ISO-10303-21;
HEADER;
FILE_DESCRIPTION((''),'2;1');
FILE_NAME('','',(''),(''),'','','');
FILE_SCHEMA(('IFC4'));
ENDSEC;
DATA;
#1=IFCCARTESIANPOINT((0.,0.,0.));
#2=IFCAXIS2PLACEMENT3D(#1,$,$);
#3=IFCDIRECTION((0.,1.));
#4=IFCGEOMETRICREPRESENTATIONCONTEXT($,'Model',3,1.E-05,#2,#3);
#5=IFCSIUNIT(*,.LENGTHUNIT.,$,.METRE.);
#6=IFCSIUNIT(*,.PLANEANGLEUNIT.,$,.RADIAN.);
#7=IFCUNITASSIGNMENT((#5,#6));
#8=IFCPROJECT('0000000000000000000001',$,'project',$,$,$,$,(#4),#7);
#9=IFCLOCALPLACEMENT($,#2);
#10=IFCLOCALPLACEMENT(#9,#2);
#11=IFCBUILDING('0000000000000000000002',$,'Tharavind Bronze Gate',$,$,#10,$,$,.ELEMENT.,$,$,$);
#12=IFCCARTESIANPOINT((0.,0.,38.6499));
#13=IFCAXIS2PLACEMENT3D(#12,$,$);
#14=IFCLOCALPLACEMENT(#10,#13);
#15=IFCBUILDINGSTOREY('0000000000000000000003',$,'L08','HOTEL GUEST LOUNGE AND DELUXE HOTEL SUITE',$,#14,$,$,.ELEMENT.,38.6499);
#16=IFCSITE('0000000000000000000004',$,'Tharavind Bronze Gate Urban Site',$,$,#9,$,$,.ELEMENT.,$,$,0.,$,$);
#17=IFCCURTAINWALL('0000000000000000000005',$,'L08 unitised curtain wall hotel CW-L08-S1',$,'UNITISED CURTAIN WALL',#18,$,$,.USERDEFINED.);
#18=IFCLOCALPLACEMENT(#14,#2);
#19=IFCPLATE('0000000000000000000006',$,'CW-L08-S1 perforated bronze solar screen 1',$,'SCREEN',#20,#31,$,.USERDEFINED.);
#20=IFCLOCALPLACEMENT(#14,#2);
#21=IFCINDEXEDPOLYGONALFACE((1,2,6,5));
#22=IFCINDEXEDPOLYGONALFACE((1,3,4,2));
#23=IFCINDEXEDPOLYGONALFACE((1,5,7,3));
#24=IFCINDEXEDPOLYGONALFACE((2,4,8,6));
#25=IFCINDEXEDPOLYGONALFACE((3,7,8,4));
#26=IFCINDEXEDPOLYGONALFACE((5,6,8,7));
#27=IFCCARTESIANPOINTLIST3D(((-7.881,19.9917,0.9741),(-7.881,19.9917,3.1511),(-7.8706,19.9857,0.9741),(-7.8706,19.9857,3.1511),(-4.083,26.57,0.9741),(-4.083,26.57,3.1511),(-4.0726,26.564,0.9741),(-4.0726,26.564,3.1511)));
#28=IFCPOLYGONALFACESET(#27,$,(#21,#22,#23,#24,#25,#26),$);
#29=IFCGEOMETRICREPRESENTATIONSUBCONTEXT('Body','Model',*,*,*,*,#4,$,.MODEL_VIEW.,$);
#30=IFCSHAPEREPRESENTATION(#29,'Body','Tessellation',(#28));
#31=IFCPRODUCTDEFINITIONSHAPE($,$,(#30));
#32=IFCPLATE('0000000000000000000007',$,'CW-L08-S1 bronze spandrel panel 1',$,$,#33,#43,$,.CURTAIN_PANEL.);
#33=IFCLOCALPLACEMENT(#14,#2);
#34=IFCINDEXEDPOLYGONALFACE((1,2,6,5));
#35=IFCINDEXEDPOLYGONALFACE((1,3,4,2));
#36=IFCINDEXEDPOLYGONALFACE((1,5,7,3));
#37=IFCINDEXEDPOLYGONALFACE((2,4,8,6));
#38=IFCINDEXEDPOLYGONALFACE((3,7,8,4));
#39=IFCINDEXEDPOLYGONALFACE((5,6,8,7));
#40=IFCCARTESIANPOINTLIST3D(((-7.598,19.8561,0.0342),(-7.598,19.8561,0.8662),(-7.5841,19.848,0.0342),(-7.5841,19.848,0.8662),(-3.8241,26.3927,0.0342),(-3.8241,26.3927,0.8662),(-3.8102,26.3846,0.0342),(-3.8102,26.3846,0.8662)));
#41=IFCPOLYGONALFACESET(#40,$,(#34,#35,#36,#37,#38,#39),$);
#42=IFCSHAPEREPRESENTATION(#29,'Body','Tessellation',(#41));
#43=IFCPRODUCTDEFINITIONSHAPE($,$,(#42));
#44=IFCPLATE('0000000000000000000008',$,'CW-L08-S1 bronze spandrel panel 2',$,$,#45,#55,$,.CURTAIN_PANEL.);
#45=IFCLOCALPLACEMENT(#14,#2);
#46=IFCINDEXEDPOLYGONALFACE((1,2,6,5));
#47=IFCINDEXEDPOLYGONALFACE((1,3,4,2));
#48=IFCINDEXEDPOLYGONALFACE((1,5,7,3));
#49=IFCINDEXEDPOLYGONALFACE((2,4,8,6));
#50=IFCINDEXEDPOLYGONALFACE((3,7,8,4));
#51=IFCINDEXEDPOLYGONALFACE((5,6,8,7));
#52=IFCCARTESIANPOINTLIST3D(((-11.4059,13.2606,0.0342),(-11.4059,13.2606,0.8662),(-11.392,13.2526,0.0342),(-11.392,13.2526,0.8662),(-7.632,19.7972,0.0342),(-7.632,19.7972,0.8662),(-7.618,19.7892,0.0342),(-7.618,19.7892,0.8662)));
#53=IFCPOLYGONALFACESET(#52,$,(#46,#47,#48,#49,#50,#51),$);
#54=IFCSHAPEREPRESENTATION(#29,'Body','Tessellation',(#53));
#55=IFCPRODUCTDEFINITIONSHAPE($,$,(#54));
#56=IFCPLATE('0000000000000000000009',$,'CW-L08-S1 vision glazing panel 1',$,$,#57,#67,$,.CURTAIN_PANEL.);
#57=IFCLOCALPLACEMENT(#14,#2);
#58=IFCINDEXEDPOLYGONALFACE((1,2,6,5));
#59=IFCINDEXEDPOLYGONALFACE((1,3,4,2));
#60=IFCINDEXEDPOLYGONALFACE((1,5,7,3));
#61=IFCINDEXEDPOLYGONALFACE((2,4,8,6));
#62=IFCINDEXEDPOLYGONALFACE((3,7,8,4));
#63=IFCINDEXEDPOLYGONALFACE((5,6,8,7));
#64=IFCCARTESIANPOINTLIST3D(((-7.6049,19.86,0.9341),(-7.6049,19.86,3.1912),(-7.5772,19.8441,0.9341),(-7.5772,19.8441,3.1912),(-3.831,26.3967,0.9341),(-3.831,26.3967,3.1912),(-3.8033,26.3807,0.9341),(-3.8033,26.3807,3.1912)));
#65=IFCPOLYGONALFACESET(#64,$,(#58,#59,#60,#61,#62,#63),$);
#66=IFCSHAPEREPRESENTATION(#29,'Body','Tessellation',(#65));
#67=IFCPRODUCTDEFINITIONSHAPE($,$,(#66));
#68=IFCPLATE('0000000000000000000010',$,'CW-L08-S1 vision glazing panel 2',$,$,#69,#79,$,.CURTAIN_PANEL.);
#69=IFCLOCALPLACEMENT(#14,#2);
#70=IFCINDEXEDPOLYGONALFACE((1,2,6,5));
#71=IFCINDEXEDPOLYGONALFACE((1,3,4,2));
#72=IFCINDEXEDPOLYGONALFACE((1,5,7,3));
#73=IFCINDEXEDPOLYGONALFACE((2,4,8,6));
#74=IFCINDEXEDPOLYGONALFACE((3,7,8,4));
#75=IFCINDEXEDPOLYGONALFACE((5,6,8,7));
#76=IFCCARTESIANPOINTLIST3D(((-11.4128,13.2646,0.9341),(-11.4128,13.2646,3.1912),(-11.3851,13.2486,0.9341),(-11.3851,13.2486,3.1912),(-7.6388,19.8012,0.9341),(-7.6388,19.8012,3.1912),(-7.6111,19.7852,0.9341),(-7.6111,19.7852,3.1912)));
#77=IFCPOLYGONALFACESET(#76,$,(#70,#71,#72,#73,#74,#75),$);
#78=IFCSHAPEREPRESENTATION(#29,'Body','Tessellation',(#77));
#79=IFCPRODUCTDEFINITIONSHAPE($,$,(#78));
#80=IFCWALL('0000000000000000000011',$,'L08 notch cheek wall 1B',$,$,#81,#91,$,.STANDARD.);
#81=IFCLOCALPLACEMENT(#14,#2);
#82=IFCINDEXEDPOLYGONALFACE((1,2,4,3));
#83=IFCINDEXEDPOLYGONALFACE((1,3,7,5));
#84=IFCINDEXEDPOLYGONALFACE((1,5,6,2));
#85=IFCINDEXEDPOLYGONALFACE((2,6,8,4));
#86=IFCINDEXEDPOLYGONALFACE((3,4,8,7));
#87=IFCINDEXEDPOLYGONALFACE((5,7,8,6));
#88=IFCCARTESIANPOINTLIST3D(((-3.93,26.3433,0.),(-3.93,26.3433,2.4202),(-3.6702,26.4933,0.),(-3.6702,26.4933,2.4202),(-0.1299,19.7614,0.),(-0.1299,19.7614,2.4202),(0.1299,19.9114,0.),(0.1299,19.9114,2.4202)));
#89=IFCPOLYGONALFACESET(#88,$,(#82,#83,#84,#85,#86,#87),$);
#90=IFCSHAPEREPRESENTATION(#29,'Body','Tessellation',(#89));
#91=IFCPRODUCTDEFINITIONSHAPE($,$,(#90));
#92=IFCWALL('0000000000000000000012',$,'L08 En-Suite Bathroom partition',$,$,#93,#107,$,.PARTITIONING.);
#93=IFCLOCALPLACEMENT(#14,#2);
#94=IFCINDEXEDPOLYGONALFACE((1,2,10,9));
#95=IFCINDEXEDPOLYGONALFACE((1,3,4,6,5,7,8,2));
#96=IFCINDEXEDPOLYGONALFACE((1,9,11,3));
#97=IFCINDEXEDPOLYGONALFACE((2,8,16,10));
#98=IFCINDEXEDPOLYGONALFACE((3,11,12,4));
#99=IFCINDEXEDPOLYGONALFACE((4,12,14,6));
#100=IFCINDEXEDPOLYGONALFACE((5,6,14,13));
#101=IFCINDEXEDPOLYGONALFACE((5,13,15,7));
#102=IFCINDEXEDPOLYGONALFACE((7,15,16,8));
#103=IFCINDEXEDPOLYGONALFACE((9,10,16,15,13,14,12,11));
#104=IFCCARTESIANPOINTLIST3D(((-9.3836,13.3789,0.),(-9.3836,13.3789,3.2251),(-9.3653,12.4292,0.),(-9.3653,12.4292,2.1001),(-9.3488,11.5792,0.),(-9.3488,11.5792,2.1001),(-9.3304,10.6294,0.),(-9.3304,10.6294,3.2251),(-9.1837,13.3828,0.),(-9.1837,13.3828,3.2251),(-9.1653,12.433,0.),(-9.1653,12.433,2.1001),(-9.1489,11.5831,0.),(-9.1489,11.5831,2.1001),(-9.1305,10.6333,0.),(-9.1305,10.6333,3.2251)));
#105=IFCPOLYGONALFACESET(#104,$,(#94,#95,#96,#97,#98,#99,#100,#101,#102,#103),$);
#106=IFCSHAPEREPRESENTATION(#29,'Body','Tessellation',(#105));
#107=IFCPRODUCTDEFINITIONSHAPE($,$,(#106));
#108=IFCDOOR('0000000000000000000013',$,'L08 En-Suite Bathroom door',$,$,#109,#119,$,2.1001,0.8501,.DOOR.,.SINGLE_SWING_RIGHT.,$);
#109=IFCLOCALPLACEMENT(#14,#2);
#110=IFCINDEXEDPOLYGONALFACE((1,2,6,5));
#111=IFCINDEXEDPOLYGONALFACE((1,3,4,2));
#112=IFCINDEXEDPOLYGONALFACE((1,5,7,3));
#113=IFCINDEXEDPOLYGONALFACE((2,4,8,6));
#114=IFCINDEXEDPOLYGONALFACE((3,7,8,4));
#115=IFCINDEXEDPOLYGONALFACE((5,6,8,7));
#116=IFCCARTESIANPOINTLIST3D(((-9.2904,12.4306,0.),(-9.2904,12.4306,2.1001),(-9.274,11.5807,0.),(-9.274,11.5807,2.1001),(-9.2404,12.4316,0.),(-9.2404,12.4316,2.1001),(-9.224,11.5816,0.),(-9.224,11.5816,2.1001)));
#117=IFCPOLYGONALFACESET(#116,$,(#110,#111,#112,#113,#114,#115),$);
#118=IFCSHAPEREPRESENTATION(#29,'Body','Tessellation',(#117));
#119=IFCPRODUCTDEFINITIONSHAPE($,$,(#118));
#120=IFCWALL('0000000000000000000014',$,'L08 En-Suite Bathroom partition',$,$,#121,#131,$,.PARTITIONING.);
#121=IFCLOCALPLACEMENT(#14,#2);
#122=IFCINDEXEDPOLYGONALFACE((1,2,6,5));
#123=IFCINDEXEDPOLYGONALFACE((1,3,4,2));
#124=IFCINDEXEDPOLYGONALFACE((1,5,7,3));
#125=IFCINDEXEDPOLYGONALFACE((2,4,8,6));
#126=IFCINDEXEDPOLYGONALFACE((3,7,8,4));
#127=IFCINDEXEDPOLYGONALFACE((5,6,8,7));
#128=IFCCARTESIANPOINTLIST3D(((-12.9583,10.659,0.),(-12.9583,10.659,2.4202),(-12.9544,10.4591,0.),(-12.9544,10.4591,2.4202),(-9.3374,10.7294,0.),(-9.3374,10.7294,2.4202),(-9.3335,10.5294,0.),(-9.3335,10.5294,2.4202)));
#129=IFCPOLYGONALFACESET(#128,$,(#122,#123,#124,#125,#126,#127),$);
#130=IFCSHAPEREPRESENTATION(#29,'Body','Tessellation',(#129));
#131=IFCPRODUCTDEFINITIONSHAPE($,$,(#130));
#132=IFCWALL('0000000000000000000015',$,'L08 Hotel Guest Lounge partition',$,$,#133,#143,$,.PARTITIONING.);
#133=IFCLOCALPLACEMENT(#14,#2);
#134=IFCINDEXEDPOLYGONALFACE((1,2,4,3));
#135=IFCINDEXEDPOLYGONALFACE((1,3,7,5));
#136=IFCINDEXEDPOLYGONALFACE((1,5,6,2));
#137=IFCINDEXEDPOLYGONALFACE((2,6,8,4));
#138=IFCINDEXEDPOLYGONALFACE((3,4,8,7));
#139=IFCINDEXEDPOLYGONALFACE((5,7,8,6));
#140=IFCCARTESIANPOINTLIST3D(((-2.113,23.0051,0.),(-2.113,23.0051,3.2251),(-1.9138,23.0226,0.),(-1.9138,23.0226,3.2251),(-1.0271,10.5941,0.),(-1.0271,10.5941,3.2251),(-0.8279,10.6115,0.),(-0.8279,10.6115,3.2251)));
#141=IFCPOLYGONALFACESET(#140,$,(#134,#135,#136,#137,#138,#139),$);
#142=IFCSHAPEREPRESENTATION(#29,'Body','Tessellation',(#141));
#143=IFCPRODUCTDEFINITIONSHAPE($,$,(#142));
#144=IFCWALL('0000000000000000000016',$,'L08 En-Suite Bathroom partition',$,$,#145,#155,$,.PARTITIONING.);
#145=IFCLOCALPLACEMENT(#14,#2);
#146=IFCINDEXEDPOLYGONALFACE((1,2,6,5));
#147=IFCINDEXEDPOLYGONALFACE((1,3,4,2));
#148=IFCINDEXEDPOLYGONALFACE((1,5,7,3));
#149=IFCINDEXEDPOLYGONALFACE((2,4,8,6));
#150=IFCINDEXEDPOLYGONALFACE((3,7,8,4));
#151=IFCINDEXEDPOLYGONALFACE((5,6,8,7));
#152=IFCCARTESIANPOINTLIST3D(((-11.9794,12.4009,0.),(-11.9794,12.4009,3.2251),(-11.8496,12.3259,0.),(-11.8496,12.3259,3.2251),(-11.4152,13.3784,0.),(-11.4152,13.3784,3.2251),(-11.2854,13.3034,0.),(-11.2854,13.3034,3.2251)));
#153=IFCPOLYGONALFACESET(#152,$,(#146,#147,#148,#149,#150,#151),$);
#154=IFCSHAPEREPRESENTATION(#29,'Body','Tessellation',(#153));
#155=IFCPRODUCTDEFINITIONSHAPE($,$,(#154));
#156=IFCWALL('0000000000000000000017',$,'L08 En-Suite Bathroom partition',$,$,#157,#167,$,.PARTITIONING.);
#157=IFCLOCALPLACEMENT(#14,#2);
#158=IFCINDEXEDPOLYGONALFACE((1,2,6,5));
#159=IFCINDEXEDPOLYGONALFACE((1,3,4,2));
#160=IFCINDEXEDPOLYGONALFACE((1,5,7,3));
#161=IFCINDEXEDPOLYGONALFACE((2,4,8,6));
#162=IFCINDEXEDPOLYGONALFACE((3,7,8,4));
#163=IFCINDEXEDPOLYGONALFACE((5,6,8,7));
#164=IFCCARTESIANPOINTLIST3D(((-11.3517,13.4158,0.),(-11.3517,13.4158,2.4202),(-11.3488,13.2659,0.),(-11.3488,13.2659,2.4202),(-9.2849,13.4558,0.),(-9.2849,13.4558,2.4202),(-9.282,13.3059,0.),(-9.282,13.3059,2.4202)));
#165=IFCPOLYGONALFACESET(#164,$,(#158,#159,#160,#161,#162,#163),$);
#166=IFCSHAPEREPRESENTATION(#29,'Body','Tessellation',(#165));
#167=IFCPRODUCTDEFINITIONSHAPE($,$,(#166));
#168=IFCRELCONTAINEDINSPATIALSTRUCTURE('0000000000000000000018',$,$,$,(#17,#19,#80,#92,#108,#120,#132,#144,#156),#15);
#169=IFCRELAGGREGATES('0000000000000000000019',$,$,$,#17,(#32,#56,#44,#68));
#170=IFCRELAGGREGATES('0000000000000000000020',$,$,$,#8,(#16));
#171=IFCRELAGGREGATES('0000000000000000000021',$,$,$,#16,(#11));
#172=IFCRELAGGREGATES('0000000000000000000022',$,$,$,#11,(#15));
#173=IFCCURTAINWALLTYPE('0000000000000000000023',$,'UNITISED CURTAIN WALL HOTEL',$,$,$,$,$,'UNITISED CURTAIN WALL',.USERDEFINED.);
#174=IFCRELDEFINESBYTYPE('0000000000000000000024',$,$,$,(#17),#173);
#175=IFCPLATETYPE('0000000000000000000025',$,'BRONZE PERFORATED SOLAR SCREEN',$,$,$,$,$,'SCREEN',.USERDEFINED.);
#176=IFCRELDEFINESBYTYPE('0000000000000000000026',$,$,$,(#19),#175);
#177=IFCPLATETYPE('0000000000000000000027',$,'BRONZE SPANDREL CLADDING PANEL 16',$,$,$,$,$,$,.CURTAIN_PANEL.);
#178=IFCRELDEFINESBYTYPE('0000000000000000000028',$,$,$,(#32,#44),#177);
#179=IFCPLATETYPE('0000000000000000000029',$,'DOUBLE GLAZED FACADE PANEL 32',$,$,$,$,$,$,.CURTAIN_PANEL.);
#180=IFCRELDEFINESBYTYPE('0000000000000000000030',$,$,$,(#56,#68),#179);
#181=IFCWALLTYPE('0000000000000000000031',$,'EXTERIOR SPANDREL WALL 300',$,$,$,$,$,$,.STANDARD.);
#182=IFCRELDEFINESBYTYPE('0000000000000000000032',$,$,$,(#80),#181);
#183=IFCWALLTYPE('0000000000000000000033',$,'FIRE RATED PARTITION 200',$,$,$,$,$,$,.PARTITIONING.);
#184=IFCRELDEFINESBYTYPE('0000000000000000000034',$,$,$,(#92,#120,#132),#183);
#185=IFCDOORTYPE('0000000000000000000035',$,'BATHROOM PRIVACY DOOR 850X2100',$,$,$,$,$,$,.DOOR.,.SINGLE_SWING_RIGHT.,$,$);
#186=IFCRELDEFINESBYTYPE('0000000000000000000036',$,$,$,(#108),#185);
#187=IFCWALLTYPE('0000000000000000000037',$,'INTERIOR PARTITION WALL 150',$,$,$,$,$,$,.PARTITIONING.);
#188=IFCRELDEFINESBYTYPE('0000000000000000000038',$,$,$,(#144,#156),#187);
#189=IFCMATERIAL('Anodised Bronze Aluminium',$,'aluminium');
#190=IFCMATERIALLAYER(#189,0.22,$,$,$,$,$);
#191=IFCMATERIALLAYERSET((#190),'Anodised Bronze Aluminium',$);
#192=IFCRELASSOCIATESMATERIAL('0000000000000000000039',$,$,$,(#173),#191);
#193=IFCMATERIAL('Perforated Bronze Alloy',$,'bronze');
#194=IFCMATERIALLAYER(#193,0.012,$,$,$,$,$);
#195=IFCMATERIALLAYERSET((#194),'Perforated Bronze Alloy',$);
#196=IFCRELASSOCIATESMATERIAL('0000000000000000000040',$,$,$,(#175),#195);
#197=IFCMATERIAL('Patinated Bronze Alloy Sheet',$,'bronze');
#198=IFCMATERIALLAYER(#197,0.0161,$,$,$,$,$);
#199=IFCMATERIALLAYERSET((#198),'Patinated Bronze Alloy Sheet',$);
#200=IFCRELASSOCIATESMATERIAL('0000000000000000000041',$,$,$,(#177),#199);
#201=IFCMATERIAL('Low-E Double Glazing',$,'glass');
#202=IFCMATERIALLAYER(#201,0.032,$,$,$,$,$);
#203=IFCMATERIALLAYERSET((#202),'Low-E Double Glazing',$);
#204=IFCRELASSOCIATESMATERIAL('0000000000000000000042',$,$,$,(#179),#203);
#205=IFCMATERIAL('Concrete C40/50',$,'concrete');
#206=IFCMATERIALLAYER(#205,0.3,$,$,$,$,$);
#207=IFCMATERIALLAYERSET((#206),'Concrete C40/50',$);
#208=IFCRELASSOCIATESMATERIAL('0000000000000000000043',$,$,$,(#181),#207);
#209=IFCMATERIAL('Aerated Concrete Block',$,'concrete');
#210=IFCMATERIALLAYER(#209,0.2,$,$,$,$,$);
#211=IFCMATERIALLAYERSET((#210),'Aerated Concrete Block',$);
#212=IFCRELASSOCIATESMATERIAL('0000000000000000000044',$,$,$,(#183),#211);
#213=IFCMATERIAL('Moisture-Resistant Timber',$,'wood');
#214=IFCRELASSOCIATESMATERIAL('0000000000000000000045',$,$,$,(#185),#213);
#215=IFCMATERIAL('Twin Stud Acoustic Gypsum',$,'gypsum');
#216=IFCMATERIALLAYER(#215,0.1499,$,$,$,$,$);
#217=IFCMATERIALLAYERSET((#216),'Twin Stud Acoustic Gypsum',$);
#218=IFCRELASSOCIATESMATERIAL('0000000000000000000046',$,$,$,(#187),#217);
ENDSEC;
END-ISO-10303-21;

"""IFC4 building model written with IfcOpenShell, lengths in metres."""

from ifc_helpers import new_model, si_unit, direction, frame, frame_2d, origin, origin_2d, place, context, subcontext, project, spatial, rectangle, extrude, material, layer, layer_set, type_object, element, fill, aggregate, save


model = new_model("IFC4")

# Units and contexts
model_context = context("Model", 3, precision=1e-05, world=origin(), true_north=direction((0.0, 1.0)))
body_context = subcontext(model_context, "Body", "Model", "MODEL_VIEW")
ifc_project = project(units=[si_unit("LENGTHUNIT", "METRE"), si_unit("PLANEANGLEUNIT", "RADIAN")], contexts=[model_context])

# Site, building, storey
site_placement = place(None, origin())
site = spatial("IfcSite", under=ifc_project, at=site_placement, Name="Tharavind Bronze Gate Urban Site", CompositionType="ELEMENT", RefElevation=0.0)
building_placement = place(site_placement, origin())
building = spatial("IfcBuilding", under=site, at=building_placement, Name="Tharavind Bronze Gate", CompositionType="ELEMENT")
storey_placement = place(building_placement, frame((0.0, 0.0, 38.6499)))
storey = spatial("IfcBuildingStorey", under=building, at=storey_placement, Name="L08", Description="HOTEL GUEST LOUNGE AND DELUXE HOTEL SUITE", CompositionType="ELEMENT", Elevation=38.6499)

# Curtain wall
ifc_material_1 = material(Name="Anodised Bronze Aluminium", Category="aluminium")
ifc_layer_1 = layer(ifc_material_1, 0.22)
ifc_layer_set_1 = layer_set([ifc_layer_1], Name="Anodised Bronze Aluminium")
curtain_wall_type = type_object("IfcCurtainWallType", Name="UNITISED CURTAIN WALL HOTEL", ElementType="UNITISED CURTAIN WALL", PredefinedType="USERDEFINED", material=ifc_layer_set_1)
curtain_wall_placement = place(storey_placement, origin())
curtain_wall = element("IfcCurtainWall", 1, at=curtain_wall_placement, inside=storey, type_object=curtain_wall_type, Name="L08 unitised curtain wall hotel CW-L08-S1", ObjectType="UNITISED CURTAIN WALL", PredefinedType="USERDEFINED")

# Plates
ifc_material_2 = material(Name="Perforated Bronze Alloy", Category="bronze")
ifc_layer_2 = layer(ifc_material_2, 0.012)
ifc_layer_set_2 = layer_set([ifc_layer_2], Name="Perforated Bronze Alloy")
plate_type_1 = type_object("IfcPlateType", Name="BRONZE PERFORATED SOLAR SCREEN", ElementType="SCREEN", PredefinedType="USERDEFINED", material=ifc_layer_set_2)
plate_1_placement = place(storey_placement, frame((-5.9768, 23.2778, 0.9741), z_axis=(0.0, 0.0, 1.0), x_axis=(-0.500002, -0.866025, 0.0)))
element("IfcPlate", 2, at=plate_1_placement, inside=storey, type_object=plate_type_1, Name="CW-L08-S1 perforated bronze solar screen 1", ObjectType="SCREEN", PredefinedType="USERDEFINED", context=body_context, shape_type="SweptSolid", body=[
    extrude(rectangle(XDim=7.5959, YDim=0.012, at=origin_2d()), origin(), (0.0, 0.0, 1.0), 2.177),
])
ifc_material_3 = material(Name="Patinated Bronze Alloy Sheet", Category="bronze")
ifc_layer_3 = layer(ifc_material_3, 0.0161)
ifc_layer_set_3 = layer_set([ifc_layer_3], Name="Patinated Bronze Alloy Sheet")
plate_type_2 = type_object("IfcPlateType", Name="BRONZE SPANDREL CLADDING PANEL 16", PredefinedType="CURTAIN_PANEL", material=ifc_layer_set_3)
plate_2_placement = place(storey_placement, frame((-5.7041, 23.1204, 0.0342), z_axis=(0.0, 0.0, 1.0), x_axis=(-0.500002, -0.866025, 0.0)))
plate_2 = element("IfcPlate", 3, at=plate_2_placement, type_object=plate_type_2, Name="CW-L08-S1 bronze spandrel panel 1", PredefinedType="CURTAIN_PANEL", context=body_context, shape_type="SweptSolid", body=[
    extrude(rectangle(XDim=7.5479, YDim=0.0161, at=origin_2d()), origin(), (0.0, 0.0, 1.0), 0.832),
])
plate_3_placement = place(storey_placement, frame((-9.512, 16.5249, 0.0342), z_axis=(0.0, 0.0, 1.0), x_axis=(-0.500002, -0.866025, 0.0)))
plate_3 = element("IfcPlate", 4, at=plate_3_placement, type_object=plate_type_2, Name="CW-L08-S1 bronze spandrel panel 2", PredefinedType="CURTAIN_PANEL", context=body_context, shape_type="SweptSolid", body=[
    extrude(rectangle(XDim=7.5479, YDim=0.0161, at=origin_2d()), origin(), (0.0, 0.0, 1.0), 0.832),
])
ifc_material_4 = material(Name="Low-E Double Glazing", Category="glass")
ifc_layer_4 = layer(ifc_material_4, 0.032)
ifc_layer_set_4 = layer_set([ifc_layer_4], Name="Low-E Double Glazing")
plate_type_3 = type_object("IfcPlateType", Name="DOUBLE GLAZED FACADE PANEL 32", PredefinedType="CURTAIN_PANEL", material=ifc_layer_set_4)
plate_4_placement = place(storey_placement, frame((-5.7041, 23.1204, 0.9341), z_axis=(0.0, 0.0, 1.0), x_axis=(-0.500002, -0.866025, 0.0)))
plate_4 = element("IfcPlate", 5, at=plate_4_placement, type_object=plate_type_3, Name="CW-L08-S1 vision glazing panel 1", PredefinedType="CURTAIN_PANEL", context=body_context, shape_type="SweptSolid", body=[
    extrude(rectangle(XDim=7.5479, YDim=0.032, at=origin_2d()), origin(), (0.0, 0.0, 1.0), 2.2571),
])
plate_5_placement = place(storey_placement, frame((-9.512, 16.5249, 0.9341), z_axis=(0.0, 0.0, 1.0), x_axis=(-0.500002, -0.866025, 0.0)))
plate_5 = element("IfcPlate", 6, at=plate_5_placement, type_object=plate_type_3, Name="CW-L08-S1 vision glazing panel 2", PredefinedType="CURTAIN_PANEL", context=body_context, shape_type="SweptSolid", body=[
    extrude(rectangle(XDim=7.5479, YDim=0.032, at=origin_2d()), origin(), (0.0, 0.0, 1.0), 2.2571),
])
aggregate(curtain_wall, [plate_2, plate_4, plate_3, plate_5])

# Wall
ifc_material_5 = material(Name="Concrete C40/50", Category="concrete")
ifc_layer_5 = layer(ifc_material_5, 0.3)
ifc_layer_set_5 = layer_set([ifc_layer_5], Name="Concrete C40/50")
wall_type_1 = type_object("IfcWallType", Name="EXTERIOR SPANDREL WALL 300", PredefinedType="STANDARD", material=ifc_layer_set_5)
wall_1_placement = place(storey_placement, frame((0.0, 19.8364, 0.0), z_axis=(0.0, 0.0, 1.0), x_axis=(-0.500005, 0.866022, 0.0)))
element("IfcWall", 7, at=wall_1_placement, inside=storey, type_object=wall_type_1, Name="L08 notch cheek wall 1B", PredefinedType="STANDARD", context=body_context, shape_type="SweptSolid", body=[
    extrude(rectangle(XDim=7.6001, YDim=0.3, at=frame_2d((3.8, 0.0))), origin(), (0.0, 0.0, 1.0), 2.4202),
])

# Wall, opening, door
ifc_material_6 = material(Name="Aerated Concrete Block", Category="concrete")
ifc_layer_6 = layer(ifc_material_6, 0.2)
ifc_layer_set_6 = layer_set([ifc_layer_6], Name="Aerated Concrete Block")
wall_type_2 = type_object("IfcWallType", Name="FIRE RATED PARTITION 200", PredefinedType="PARTITIONING", material=ifc_layer_set_6)
wall_2_placement = place(storey_placement, frame((-9.2837, 13.3809, 0.0), z_axis=(0.0, 0.0, 1.0), x_axis=(0.019354, -0.999813, 0.0)))
wall_2 = element("IfcWall", 8, at=wall_2_placement, inside=storey, type_object=wall_type_2, Name="L08 En-Suite Bathroom partition", PredefinedType="PARTITIONING", context=body_context, shape_type="SweptSolid", body=[
    extrude(rectangle(XDim=2.75, YDim=0.2, at=frame_2d((1.375, 0.0))), origin(), (0.0, 0.0, 1.0), 3.2251),
])
opening_placement = place(wall_2_placement, frame((0.95, 0.0, 0.0)))
opening = element("IfcOpeningElement", 9, at=opening_placement, cuts=wall_2, PredefinedType="OPENING", context=body_context, shape_type="SweptSolid", body=[
    extrude(rectangle(XDim=0.8501, YDim=2.1001, at=frame_2d((0.425, 1.05))), frame((0.0, 0.1101, 0.0), z_axis=(0.0, -1.0, 0.0), x_axis=(1.0, 0.0, 0.0)), (0.0, 0.0, 1.0), 0.22),
])
ifc_material_7 = material(Name="Moisture-Resistant Timber", Category="wood")
door_type = type_object("IfcDoorType", Name="BATHROOM PRIVACY DOOR 850X2100", OperationType="SINGLE_SWING_RIGHT", PredefinedType="DOOR", material=ifc_material_7)
door_placement = place(opening_placement, origin())
door = element("IfcDoor", 10, at=door_placement, inside=storey, type_object=door_type, Name="L08 En-Suite Bathroom door", OperationType="SINGLE_SWING_RIGHT", OverallHeight=2.1001, OverallWidth=0.8501, PredefinedType="DOOR", context=body_context, shape_type="SweptSolid", body=[
    extrude(rectangle(XDim=0.8501, YDim=2.1001, at=frame_2d((0.425, 1.05))), frame((0.0, 0.0249, 0.0), z_axis=(0.0, -1.0, 0.0), x_axis=(1.0, 0.0, 0.0)), (0.0, 0.0, 1.0), 0.05),
])
fill(opening, door)

# Walls
wall_3_placement = place(storey_placement, frame((-9.3354, 10.6294, 0.0), z_axis=(0.0, 0.0, 1.0), x_axis=(-0.999812, -0.019415, 0.0)))
element("IfcWall", 11, at=wall_3_placement, inside=storey, type_object=wall_type_2, Name="L08 En-Suite Bathroom partition", PredefinedType="PARTITIONING", context=body_context, shape_type="SweptSolid", body=[
    extrude(rectangle(XDim=3.6216, YDim=0.2, at=frame_2d((1.8108, 0.0))), origin(), (0.0, 0.0, 1.0), 2.4202),
])
wall_4_placement = place(storey_placement, frame((-0.9275, 10.6028, 0.0), z_axis=(0.0, 0.0, 1.0), x_axis=(-0.087164, 0.996194, 0.0)))
element("IfcWall", 12, at=wall_4_placement, inside=storey, type_object=wall_type_2, Name="L08 Hotel Guest Lounge partition", PredefinedType="PARTITIONING", context=body_context, shape_type="SweptSolid", body=[
    extrude(rectangle(XDim=12.4585, YDim=0.2, at=frame_2d((6.2292, 0.0))), origin(), (0.0, 0.0, 1.0), 3.2251),
])
ifc_material_8 = material(Name="Twin Stud Acoustic Gypsum", Category="gypsum")
ifc_layer_7 = layer(ifc_material_8, 0.1499)
ifc_layer_set_7 = layer_set([ifc_layer_7], Name="Twin Stud Acoustic Gypsum")
wall_type_3 = type_object("IfcWallType", Name="INTERIOR PARTITION WALL 150", PredefinedType="PARTITIONING", material=ifc_layer_set_7)
wall_5_placement = place(storey_placement, frame((-11.9146, 12.3633, 0.0), z_axis=(0.0, 0.0, 1.0), x_axis=(0.499885, 0.866092, 0.0)))
element("IfcWall", 13, at=wall_5_placement, inside=storey, type_object=wall_type_3, Name="L08 En-Suite Bathroom partition", PredefinedType="PARTITIONING", context=body_context, shape_type="SweptSolid", body=[
    extrude(rectangle(XDim=1.1287, YDim=0.1499, at=frame_2d((0.5645, 0.0))), origin(), (0.0, 0.0, 1.0), 3.2251),
])
wall_6_placement = place(storey_placement, frame((-11.3503, 13.3408, 0.0), z_axis=(0.0, 0.0, 1.0), x_axis=(0.999812, 0.01937, 0.0)))
element("IfcWall", 14, at=wall_6_placement, inside=storey, type_object=wall_type_3, Name="L08 En-Suite Bathroom partition", PredefinedType="PARTITIONING", context=body_context, shape_type="SweptSolid", body=[
    extrude(rectangle(XDim=2.0671, YDim=0.1499, at=frame_2d((1.0337, 0.0))), origin(), (0.0, 0.0, 1.0), 2.4202),
])

save(model, "model.ifc")
